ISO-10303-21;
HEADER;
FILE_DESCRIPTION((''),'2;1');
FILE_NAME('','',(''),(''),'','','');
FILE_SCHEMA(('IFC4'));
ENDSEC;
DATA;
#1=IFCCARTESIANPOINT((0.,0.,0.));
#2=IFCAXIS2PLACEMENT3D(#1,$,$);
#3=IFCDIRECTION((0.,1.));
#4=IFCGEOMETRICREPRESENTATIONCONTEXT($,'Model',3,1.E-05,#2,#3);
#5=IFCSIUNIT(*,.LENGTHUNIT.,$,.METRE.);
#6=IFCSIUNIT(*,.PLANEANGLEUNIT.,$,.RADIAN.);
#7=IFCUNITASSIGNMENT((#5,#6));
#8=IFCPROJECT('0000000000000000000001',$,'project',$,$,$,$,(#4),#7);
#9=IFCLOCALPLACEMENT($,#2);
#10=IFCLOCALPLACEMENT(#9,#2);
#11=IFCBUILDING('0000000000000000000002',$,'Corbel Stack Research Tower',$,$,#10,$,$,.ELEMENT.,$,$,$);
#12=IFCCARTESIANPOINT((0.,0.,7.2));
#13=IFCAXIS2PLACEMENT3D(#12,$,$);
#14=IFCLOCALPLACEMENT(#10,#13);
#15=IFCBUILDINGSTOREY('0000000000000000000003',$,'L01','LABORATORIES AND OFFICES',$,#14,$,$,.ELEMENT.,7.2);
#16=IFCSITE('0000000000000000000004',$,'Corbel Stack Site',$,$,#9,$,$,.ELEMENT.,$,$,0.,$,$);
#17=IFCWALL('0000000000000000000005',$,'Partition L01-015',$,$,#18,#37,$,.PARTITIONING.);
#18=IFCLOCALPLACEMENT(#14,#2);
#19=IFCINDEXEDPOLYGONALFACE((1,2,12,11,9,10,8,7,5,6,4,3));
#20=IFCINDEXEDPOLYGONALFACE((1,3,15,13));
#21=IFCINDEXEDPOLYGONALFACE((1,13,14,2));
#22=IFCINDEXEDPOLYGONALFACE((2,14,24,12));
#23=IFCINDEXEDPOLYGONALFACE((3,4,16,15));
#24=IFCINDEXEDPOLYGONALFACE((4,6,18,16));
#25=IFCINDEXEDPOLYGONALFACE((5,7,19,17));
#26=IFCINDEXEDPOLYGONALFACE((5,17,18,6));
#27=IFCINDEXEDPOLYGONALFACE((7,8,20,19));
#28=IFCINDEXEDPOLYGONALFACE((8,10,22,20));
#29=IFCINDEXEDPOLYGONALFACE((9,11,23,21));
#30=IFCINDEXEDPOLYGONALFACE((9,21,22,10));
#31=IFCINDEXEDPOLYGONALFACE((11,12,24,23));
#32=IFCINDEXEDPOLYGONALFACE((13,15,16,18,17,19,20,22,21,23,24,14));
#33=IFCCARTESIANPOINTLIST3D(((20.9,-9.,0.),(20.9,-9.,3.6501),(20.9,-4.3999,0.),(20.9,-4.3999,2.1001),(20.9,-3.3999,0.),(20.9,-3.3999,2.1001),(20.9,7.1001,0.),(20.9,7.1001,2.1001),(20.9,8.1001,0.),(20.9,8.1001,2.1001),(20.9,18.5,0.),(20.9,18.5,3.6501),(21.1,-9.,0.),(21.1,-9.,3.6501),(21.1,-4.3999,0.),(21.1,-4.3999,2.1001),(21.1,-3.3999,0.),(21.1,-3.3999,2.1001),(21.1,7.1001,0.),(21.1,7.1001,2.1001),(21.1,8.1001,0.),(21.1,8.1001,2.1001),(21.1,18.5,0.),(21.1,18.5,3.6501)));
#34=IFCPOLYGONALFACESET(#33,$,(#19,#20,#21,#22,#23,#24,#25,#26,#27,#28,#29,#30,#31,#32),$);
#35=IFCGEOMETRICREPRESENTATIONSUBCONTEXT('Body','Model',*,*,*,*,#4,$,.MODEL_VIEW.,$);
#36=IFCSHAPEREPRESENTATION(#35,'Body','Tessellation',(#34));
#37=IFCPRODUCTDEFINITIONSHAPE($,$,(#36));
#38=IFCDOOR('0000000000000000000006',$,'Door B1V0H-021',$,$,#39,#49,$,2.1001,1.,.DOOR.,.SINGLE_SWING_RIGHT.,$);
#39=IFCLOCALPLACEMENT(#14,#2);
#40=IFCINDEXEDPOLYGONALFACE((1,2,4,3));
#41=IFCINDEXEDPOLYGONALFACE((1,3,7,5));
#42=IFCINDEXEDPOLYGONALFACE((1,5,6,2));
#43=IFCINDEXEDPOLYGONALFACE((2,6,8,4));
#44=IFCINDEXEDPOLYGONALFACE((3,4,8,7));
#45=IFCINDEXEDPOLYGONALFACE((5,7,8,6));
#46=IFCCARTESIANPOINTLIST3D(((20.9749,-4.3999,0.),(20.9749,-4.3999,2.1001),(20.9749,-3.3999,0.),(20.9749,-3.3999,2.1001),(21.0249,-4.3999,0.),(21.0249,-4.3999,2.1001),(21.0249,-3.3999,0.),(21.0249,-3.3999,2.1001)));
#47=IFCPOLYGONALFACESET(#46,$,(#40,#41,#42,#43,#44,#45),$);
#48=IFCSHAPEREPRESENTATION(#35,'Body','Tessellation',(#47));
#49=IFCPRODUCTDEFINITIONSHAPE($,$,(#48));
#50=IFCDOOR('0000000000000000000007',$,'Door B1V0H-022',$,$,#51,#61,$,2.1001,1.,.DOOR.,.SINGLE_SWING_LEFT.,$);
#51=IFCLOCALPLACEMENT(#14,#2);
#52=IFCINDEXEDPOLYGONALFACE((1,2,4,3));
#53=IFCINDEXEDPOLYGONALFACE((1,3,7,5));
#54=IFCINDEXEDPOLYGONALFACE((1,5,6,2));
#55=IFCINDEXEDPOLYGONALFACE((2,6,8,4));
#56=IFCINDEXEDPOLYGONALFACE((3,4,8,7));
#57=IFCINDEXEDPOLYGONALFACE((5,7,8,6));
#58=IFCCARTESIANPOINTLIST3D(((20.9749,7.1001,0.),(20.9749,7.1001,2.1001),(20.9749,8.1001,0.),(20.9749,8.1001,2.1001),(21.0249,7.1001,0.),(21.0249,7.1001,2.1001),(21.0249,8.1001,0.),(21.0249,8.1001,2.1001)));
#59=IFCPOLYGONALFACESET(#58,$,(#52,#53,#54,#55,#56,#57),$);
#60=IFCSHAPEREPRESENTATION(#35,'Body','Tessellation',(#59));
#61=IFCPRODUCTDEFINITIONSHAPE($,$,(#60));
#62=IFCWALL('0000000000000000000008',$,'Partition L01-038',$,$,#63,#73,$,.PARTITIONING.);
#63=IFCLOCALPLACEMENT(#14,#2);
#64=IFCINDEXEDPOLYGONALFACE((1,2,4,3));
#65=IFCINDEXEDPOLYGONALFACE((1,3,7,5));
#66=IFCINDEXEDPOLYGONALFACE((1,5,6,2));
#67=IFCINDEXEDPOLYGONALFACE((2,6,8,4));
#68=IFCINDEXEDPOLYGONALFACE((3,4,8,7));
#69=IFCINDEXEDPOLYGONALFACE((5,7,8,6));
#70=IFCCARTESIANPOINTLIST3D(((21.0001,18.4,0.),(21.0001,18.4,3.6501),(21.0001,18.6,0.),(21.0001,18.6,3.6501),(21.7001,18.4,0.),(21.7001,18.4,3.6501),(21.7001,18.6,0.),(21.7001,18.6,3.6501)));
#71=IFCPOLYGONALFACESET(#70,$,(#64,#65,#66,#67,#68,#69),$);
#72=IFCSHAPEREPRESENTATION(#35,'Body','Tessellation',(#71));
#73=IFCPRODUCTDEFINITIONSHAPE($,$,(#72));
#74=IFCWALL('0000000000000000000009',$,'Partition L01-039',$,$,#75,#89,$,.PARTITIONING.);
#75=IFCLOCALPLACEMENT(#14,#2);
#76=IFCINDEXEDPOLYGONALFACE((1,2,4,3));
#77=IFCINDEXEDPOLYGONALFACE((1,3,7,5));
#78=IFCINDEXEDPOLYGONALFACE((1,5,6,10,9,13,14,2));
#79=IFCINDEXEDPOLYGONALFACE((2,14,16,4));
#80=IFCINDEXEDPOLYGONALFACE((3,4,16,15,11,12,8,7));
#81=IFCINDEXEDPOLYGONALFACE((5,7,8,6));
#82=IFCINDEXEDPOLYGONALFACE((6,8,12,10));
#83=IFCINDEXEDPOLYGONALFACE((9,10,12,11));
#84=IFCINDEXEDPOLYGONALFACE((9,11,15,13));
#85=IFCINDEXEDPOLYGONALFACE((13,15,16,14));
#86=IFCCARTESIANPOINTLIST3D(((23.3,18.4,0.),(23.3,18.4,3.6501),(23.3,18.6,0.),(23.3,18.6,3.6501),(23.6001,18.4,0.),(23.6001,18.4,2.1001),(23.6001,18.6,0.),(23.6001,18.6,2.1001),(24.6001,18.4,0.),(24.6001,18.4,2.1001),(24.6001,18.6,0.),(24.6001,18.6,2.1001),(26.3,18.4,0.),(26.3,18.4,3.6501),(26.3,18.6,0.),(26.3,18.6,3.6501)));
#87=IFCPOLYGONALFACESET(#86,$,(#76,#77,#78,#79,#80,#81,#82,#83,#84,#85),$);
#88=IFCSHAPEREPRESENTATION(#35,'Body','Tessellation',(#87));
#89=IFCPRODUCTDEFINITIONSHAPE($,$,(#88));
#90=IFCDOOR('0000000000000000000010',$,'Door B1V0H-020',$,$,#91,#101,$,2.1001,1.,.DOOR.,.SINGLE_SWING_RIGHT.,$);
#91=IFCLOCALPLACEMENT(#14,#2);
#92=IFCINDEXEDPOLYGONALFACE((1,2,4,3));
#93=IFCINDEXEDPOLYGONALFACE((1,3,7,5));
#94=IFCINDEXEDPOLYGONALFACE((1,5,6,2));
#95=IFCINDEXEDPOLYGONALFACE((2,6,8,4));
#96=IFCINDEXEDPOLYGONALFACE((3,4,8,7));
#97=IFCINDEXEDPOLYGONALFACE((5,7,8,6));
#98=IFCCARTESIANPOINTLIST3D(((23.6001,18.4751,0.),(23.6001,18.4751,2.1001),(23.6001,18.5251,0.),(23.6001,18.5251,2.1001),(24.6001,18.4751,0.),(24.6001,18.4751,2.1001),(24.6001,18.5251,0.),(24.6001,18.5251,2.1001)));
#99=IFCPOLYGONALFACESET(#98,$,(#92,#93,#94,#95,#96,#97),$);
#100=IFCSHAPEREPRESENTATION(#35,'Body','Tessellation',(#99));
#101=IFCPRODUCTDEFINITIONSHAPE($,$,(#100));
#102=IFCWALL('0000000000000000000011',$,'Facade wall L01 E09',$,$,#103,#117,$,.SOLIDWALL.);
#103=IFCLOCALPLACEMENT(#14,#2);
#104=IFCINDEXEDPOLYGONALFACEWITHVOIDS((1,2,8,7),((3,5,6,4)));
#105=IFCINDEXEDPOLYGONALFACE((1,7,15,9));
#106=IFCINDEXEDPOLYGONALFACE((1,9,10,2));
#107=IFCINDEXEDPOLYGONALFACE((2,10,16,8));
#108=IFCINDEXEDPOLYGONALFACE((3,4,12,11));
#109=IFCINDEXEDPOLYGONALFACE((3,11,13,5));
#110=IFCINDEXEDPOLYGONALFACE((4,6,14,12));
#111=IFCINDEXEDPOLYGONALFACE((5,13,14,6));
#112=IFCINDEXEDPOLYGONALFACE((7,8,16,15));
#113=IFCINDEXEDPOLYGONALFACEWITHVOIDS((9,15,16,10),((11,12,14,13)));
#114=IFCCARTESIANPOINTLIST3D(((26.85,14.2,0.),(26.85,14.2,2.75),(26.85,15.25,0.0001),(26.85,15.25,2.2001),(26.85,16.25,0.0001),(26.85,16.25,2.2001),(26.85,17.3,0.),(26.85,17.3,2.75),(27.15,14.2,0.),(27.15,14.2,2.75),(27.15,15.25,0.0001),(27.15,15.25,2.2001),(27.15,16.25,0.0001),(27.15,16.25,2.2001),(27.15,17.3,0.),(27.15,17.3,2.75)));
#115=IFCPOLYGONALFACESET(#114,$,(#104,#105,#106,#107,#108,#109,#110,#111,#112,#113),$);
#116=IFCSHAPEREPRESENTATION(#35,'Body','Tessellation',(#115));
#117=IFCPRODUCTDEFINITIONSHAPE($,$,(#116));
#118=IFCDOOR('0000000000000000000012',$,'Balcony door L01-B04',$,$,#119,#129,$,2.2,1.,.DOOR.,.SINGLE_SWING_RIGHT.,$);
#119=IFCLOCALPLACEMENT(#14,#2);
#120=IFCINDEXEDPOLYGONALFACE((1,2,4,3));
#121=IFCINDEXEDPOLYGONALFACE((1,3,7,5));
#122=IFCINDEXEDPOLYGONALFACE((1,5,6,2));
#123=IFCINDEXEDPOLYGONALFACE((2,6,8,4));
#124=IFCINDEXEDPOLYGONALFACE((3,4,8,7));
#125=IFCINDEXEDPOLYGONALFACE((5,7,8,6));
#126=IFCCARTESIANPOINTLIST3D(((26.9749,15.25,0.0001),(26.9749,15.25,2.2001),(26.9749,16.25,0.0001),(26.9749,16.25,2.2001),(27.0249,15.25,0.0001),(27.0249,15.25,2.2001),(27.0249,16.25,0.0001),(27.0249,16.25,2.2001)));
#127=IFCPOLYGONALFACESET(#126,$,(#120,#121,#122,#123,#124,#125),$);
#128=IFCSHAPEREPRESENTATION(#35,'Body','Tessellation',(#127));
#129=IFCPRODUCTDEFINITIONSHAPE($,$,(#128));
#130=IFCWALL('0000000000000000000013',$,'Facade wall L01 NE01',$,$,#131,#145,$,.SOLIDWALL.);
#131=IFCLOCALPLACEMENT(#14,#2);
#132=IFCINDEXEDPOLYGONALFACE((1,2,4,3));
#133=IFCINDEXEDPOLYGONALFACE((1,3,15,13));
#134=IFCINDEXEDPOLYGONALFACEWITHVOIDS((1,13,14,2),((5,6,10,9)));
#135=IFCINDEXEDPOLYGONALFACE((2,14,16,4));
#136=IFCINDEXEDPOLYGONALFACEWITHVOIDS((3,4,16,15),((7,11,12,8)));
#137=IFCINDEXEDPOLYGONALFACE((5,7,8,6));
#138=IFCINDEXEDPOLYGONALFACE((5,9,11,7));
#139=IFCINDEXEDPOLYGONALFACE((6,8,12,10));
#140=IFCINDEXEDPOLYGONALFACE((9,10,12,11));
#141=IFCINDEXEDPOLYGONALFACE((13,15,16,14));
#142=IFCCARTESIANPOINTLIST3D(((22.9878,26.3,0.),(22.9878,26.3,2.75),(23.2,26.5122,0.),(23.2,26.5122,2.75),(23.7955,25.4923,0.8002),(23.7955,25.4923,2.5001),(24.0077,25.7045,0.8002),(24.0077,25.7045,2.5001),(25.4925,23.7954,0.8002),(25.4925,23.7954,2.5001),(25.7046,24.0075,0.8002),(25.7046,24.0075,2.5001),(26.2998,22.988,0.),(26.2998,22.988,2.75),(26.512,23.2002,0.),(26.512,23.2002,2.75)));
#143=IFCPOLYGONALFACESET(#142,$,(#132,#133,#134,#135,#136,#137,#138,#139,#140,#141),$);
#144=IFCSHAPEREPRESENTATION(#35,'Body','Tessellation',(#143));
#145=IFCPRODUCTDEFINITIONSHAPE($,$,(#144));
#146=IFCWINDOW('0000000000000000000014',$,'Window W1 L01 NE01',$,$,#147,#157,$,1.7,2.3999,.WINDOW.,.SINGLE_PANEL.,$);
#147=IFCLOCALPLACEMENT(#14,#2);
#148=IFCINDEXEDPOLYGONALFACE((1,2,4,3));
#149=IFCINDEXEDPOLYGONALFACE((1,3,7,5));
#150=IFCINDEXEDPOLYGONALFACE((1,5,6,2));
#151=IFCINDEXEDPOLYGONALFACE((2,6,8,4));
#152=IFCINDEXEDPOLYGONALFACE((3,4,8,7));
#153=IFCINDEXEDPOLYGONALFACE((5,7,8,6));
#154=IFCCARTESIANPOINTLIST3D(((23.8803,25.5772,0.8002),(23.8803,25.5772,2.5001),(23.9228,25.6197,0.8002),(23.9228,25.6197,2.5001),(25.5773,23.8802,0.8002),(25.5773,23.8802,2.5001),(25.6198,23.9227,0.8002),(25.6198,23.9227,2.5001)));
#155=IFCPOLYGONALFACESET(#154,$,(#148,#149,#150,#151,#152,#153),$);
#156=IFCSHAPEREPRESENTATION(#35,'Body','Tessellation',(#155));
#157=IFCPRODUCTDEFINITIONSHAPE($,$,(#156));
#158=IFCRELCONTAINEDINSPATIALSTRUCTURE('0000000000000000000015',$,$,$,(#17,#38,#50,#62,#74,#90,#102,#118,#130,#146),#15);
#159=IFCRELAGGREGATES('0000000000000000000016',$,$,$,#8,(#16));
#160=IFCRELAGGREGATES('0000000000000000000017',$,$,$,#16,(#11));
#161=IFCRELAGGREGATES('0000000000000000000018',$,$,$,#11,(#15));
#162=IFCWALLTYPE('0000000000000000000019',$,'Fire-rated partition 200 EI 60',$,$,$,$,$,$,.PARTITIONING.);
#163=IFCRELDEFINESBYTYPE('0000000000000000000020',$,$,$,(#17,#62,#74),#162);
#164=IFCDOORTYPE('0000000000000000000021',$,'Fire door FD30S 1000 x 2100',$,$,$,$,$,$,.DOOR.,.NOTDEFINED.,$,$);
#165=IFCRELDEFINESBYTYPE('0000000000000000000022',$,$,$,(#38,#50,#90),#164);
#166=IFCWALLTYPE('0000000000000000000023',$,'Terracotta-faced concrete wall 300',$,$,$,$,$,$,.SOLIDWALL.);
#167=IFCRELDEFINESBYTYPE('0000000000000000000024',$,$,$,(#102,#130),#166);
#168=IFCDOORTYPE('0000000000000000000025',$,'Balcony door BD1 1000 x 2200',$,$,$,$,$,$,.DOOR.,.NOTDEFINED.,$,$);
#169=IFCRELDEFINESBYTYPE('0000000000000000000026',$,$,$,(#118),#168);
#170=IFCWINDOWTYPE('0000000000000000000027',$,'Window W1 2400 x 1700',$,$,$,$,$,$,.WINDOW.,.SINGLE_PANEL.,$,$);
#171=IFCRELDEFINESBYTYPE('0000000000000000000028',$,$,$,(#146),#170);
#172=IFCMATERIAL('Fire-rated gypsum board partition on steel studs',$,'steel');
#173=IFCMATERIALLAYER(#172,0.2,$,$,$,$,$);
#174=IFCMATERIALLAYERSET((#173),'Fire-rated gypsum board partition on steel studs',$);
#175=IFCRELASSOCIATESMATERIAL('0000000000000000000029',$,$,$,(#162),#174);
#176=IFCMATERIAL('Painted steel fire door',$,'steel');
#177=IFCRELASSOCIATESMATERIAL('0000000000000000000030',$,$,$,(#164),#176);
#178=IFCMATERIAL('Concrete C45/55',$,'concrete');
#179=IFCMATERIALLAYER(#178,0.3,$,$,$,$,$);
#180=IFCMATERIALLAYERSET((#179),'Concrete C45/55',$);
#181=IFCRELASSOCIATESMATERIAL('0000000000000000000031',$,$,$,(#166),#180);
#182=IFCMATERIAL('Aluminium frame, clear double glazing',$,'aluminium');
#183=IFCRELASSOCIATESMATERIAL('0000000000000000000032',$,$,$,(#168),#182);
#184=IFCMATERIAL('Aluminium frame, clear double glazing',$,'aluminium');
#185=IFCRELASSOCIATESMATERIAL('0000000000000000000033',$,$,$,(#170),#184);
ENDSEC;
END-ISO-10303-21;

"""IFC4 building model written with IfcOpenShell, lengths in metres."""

from ifc_helpers import new_model, si_unit, direction, frame, frame_2d, origin, place, context, subcontext, project, spatial, rectangle, extrude, material, layer, layer_set, type_object, element, fill, save


model = new_model("IFC4")

# Units and contexts
model_context = context("Model", 3, precision=1e-05, world=origin(), true_north=direction((0.0, 1.0)))
body_context = subcontext(model_context, "Body", "Model", "MODEL_VIEW")
ifc_project = project(units=[si_unit("LENGTHUNIT", "METRE"), si_unit("PLANEANGLEUNIT", "RADIAN")], contexts=[model_context])

# Site, building, storey
site_placement = place(None, origin())
site = spatial("IfcSite", under=ifc_project, at=site_placement, Name="Corbel Stack Site", CompositionType="ELEMENT", RefElevation=0.0)
building_placement = place(site_placement, origin())
building = spatial("IfcBuilding", under=site, at=building_placement, Name="Corbel Stack Research Tower", CompositionType="ELEMENT")
storey_placement = place(building_placement, frame((0.0, 0.0, 7.2)))
storey = spatial("IfcBuildingStorey", under=building, at=storey_placement, Name="L01", Description="LABORATORIES AND OFFICES", CompositionType="ELEMENT", Elevation=7.2)

# Shared definitions
ifc_material_1 = material(Name="Fire-rated gypsum board partition on steel studs", Category="steel")
ifc_layer_1 = layer(ifc_material_1, 0.2)
ifc_layer_set_1 = layer_set([ifc_layer_1], Name="Fire-rated gypsum board partition on steel studs")
wall_type_1 = type_object("IfcWallType", Name="Fire-rated partition 200 EI 60", PredefinedType="PARTITIONING", material=ifc_layer_set_1)

# Wall, openings, doors
wall_1_placement = place(storey_placement, frame((21.0, 18.5, 0.0), z_axis=(0.0, 0.0, 1.0), x_axis=(0.0, -1.0, 0.0)))
wall_1 = element("IfcWall", 1, at=wall_1_placement, inside=storey, type_object=wall_type_1, Name="Partition L01-015", PredefinedType="PARTITIONING", context=body_context, shape_type="SweptSolid", body=[
    extrude(rectangle(XDim=27.5, YDim=0.2, at=frame_2d((13.75, 0.0))), origin(), (0.0, 0.0, 1.0), 3.6501),
])
opening_1_placement = place(wall_1_placement, frame((21.8999, 0.0, 0.0)))
opening_1 = element("IfcOpeningElement", 2, at=opening_1_placement, cuts=wall_1, PredefinedType="OPENING", context=body_context, shape_type="SweptSolid", body=[
    extrude(rectangle(XDim=1.0, YDim=2.1001, at=frame_2d((0.5, 1.05))), frame((0.0, 0.1099, 0.0), z_axis=(0.0, -1.0, 0.0), x_axis=(1.0, 0.0, 0.0)), (0.0, 0.0, 1.0), 0.22),
])
opening_2_placement = place(wall_1_placement, frame((10.3999, 0.0, 0.0)))
opening_2 = element("IfcOpeningElement", 3, at=opening_2_placement, cuts=wall_1, PredefinedType="OPENING", context=body_context, shape_type="SweptSolid", body=[
    extrude(rectangle(XDim=1.0, YDim=2.1001, at=frame_2d((0.5, 1.05))), frame((0.0, 0.1099, 0.0), z_axis=(0.0, -1.0, 0.0), x_axis=(1.0, 0.0, 0.0)), (0.0, 0.0, 1.0), 0.22),
])
ifc_material_2 = material(Name="Painted steel fire door", Category="steel")
door_type_1 = type_object("IfcDoorType", Name="Fire door FD30S 1000 x 2100", OperationType="NOTDEFINED", PredefinedType="DOOR", material=ifc_material_2)
door_1_placement = place(opening_1_placement, origin())
door_1 = element("IfcDoor", 4, at=door_1_placement, inside=storey, type_object=door_type_1, Name="Door B1V0H-021", OperationType="SINGLE_SWING_RIGHT", OverallHeight=2.1001, OverallWidth=1.0, PredefinedType="DOOR", context=body_context, shape_type="SweptSolid", body=[
    extrude(rectangle(XDim=1.0, YDim=2.1001, at=frame_2d((0.5, 1.05))), frame((0.0, 0.0249, 0.0), z_axis=(0.0, -1.0, 0.0), x_axis=(1.0, 0.0, 0.0)), (0.0, 0.0, 1.0), 0.05),
])
fill(opening_1, door_1)
door_2_placement = place(opening_2_placement, origin())
door_2 = element("IfcDoor", 5, at=door_2_placement, inside=storey, type_object=door_type_1, Name="Door B1V0H-022", OperationType="SINGLE_SWING_LEFT", OverallHeight=2.1001, OverallWidth=1.0, PredefinedType="DOOR", context=body_context, shape_type="SweptSolid", body=[
    extrude(rectangle(XDim=1.0, YDim=2.1001, at=frame_2d((0.5, 1.05))), frame((0.0, 0.0249, 0.0), z_axis=(0.0, -1.0, 0.0), x_axis=(1.0, 0.0, 0.0)), (0.0, 0.0, 1.0), 0.05),
])
fill(opening_2, door_2)

# Wall
wall_2_placement = place(storey_placement, frame((21.0, 18.5, 0.0), z_axis=(0.0, 0.0, 1.0), x_axis=(1.0, 0.0, 0.0)))
element("IfcWall", 6, at=wall_2_placement, inside=storey, type_object=wall_type_1, Name="Partition L01-038", PredefinedType="PARTITIONING", context=body_context, shape_type="SweptSolid", body=[
    extrude(rectangle(XDim=0.7, YDim=0.2, at=frame_2d((0.3501, 0.0))), origin(), (0.0, 0.0, 1.0), 3.6501),
])

# Walls, openings, doors
wall_3_placement = place(storey_placement, frame((26.3, 18.5, 0.0), z_axis=(0.0, 0.0, 1.0), x_axis=(-1.0, 0.0, 0.0)))
wall_3 = element("IfcWall", 7, at=wall_3_placement, inside=storey, type_object=wall_type_1, Name="Partition L01-039", PredefinedType="PARTITIONING", context=body_context, shape_type="SweptSolid", body=[
    extrude(rectangle(XDim=3.0, YDim=0.2, at=frame_2d((1.5, 0.0))), origin(), (0.0, 0.0, 1.0), 3.6501),
])
opening_3_placement = place(wall_3_placement, frame((1.7, 0.0, 0.0)))
opening_3 = element("IfcOpeningElement", 8, at=opening_3_placement, cuts=wall_3, PredefinedType="OPENING", context=body_context, shape_type="SweptSolid", body=[
    extrude(rectangle(XDim=1.0, YDim=2.1001, at=frame_2d((0.5, 1.05))), frame((0.0, 0.1099, 0.0), z_axis=(0.0, -1.0, 0.0), x_axis=(1.0, 0.0, 0.0)), (0.0, 0.0, 1.0), 0.22),
])
door_3_placement = place(opening_3_placement, origin())
door_3 = element("IfcDoor", 9, at=door_3_placement, inside=storey, type_object=door_type_1, Name="Door B1V0H-020", OperationType="SINGLE_SWING_RIGHT", OverallHeight=2.1001, OverallWidth=1.0, PredefinedType="DOOR", context=body_context, shape_type="SweptSolid", body=[
    extrude(rectangle(XDim=1.0, YDim=2.1001, at=frame_2d((0.5, 1.05))), frame((0.0, 0.0249, 0.0), z_axis=(0.0, -1.0, 0.0), x_axis=(1.0, 0.0, 0.0)), (0.0, 0.0, 1.0), 0.05),
])
fill(opening_3, door_3)
ifc_material_3 = material(Name="Concrete C45/55", Category="concrete")
ifc_layer_2 = layer(ifc_material_3, 0.3)
ifc_layer_set_2 = layer_set([ifc_layer_2], Name="Concrete C45/55")
wall_type_2 = type_object("IfcWallType", Name="Terracotta-faced concrete wall 300", PredefinedType="SOLIDWALL", material=ifc_layer_set_2)
wall_4_placement = place(storey_placement, frame((27.0, 17.3, 0.0), z_axis=(0.0, 0.0, 1.0), x_axis=(0.0, -1.0, 0.0)))
wall_4 = element("IfcWall", 10, at=wall_4_placement, inside=storey, type_object=wall_type_2, Name="Facade wall L01 E09", PredefinedType="SOLIDWALL", context=body_context, shape_type="SweptSolid", body=[
    extrude(rectangle(XDim=3.1001, YDim=0.3, at=frame_2d((1.55, 0.0))), origin(), (0.0, 0.0, 1.0), 2.75),
])
opening_4_placement = place(wall_4_placement, frame((1.05, 0.0, 0.0)))
opening_4 = element("IfcOpeningElement", 11, at=opening_4_placement, cuts=wall_4, PredefinedType="OPENING", context=body_context, shape_type="SweptSolid", body=[
    extrude(rectangle(XDim=1.0, YDim=2.2, at=frame_2d((0.5, 1.1001))), frame((0.0, 0.1599, 0.0), z_axis=(0.0, -1.0, 0.0), x_axis=(1.0, 0.0, 0.0)), (0.0, 0.0, 1.0), 0.3201),
])
ifc_material_4 = material(Name="Aluminium frame, clear double glazing", Category="aluminium")
door_type_2 = type_object("IfcDoorType", Name="Balcony door BD1 1000 x 2200", OperationType="NOTDEFINED", PredefinedType="DOOR", material=ifc_material_4)
door_4_placement = place(opening_4_placement, origin())
door_4 = element("IfcDoor", 12, at=door_4_placement, inside=storey, type_object=door_type_2, Name="Balcony door L01-B04", OperationType="SINGLE_SWING_RIGHT", OverallHeight=2.2, OverallWidth=1.0, PredefinedType="DOOR", context=body_context, shape_type="SweptSolid", body=[
    extrude(rectangle(XDim=1.0, YDim=2.2, at=frame_2d((0.5, 1.1001))), frame((0.0, 0.0249, 0.0), z_axis=(0.0, -1.0, 0.0), x_axis=(1.0, 0.0, 0.0)), (0.0, 0.0, 1.0), 0.05),
])
fill(opening_4, door_4)

# Wall, opening, window
wall_5_placement = place(storey_placement, frame((23.094, 26.406, 0.0), z_axis=(0.0, 0.0, 1.0), x_axis=(0.707107, -0.707107, 0.0)))
wall_5 = element("IfcWall", 13, at=wall_5_placement, inside=storey, type_object=wall_type_2, Name="Facade wall L01 NE01", PredefinedType="SOLIDWALL", context=body_context, shape_type="SweptSolid", body=[
    extrude(rectangle(XDim=4.6838, YDim=0.3, at=frame_2d((2.3418, 0.0))), origin(), (0.0, 0.0, 1.0), 2.75),
])
opening_5_placement = place(wall_5_placement, frame((1.1421, 0.0, 0.8)))
opening_5 = element("IfcOpeningElement", 14, at=opening_5_placement, cuts=wall_5, PredefinedType="OPENING", context=body_context, shape_type="SweptSolid", body=[
    extrude(rectangle(XDim=2.3999, YDim=1.7, at=frame_2d((1.2, 0.8501))), frame((0.0, 0.1599, 0.0), z_axis=(0.0, -1.0, 0.0), x_axis=(1.0, 0.0, 0.0)), (0.0, 0.0, 1.0), 0.3201),
])
ifc_material_5 = material(Name="Aluminium frame, clear double glazing", Category="aluminium")
window_type = type_object("IfcWindowType", Name="Window W1 2400 x 1700", PartitioningType="SINGLE_PANEL", PredefinedType="WINDOW", material=ifc_material_5)
window_1_placement = place(opening_5_placement, origin())
window_1 = element("IfcWindow", 15, at=window_1_placement, inside=storey, type_object=window_type, Name="Window W1 L01 NE01", OverallHeight=1.7, OverallWidth=2.3999, PartitioningType="SINGLE_PANEL", PredefinedType="WINDOW", context=body_context, shape_type="SweptSolid", body=[
    extrude(rectangle(XDim=2.3999, YDim=1.7, at=frame_2d((1.2, 0.8501))), frame((0.0, 0.03, 0.0), z_axis=(0.0, -1.0, 0.0), x_axis=(1.0, 0.0, 0.0)), (0.0, 0.0, 1.0), 0.0601),
])
fill(opening_5, window_1)

save(model, "model.ifc")
